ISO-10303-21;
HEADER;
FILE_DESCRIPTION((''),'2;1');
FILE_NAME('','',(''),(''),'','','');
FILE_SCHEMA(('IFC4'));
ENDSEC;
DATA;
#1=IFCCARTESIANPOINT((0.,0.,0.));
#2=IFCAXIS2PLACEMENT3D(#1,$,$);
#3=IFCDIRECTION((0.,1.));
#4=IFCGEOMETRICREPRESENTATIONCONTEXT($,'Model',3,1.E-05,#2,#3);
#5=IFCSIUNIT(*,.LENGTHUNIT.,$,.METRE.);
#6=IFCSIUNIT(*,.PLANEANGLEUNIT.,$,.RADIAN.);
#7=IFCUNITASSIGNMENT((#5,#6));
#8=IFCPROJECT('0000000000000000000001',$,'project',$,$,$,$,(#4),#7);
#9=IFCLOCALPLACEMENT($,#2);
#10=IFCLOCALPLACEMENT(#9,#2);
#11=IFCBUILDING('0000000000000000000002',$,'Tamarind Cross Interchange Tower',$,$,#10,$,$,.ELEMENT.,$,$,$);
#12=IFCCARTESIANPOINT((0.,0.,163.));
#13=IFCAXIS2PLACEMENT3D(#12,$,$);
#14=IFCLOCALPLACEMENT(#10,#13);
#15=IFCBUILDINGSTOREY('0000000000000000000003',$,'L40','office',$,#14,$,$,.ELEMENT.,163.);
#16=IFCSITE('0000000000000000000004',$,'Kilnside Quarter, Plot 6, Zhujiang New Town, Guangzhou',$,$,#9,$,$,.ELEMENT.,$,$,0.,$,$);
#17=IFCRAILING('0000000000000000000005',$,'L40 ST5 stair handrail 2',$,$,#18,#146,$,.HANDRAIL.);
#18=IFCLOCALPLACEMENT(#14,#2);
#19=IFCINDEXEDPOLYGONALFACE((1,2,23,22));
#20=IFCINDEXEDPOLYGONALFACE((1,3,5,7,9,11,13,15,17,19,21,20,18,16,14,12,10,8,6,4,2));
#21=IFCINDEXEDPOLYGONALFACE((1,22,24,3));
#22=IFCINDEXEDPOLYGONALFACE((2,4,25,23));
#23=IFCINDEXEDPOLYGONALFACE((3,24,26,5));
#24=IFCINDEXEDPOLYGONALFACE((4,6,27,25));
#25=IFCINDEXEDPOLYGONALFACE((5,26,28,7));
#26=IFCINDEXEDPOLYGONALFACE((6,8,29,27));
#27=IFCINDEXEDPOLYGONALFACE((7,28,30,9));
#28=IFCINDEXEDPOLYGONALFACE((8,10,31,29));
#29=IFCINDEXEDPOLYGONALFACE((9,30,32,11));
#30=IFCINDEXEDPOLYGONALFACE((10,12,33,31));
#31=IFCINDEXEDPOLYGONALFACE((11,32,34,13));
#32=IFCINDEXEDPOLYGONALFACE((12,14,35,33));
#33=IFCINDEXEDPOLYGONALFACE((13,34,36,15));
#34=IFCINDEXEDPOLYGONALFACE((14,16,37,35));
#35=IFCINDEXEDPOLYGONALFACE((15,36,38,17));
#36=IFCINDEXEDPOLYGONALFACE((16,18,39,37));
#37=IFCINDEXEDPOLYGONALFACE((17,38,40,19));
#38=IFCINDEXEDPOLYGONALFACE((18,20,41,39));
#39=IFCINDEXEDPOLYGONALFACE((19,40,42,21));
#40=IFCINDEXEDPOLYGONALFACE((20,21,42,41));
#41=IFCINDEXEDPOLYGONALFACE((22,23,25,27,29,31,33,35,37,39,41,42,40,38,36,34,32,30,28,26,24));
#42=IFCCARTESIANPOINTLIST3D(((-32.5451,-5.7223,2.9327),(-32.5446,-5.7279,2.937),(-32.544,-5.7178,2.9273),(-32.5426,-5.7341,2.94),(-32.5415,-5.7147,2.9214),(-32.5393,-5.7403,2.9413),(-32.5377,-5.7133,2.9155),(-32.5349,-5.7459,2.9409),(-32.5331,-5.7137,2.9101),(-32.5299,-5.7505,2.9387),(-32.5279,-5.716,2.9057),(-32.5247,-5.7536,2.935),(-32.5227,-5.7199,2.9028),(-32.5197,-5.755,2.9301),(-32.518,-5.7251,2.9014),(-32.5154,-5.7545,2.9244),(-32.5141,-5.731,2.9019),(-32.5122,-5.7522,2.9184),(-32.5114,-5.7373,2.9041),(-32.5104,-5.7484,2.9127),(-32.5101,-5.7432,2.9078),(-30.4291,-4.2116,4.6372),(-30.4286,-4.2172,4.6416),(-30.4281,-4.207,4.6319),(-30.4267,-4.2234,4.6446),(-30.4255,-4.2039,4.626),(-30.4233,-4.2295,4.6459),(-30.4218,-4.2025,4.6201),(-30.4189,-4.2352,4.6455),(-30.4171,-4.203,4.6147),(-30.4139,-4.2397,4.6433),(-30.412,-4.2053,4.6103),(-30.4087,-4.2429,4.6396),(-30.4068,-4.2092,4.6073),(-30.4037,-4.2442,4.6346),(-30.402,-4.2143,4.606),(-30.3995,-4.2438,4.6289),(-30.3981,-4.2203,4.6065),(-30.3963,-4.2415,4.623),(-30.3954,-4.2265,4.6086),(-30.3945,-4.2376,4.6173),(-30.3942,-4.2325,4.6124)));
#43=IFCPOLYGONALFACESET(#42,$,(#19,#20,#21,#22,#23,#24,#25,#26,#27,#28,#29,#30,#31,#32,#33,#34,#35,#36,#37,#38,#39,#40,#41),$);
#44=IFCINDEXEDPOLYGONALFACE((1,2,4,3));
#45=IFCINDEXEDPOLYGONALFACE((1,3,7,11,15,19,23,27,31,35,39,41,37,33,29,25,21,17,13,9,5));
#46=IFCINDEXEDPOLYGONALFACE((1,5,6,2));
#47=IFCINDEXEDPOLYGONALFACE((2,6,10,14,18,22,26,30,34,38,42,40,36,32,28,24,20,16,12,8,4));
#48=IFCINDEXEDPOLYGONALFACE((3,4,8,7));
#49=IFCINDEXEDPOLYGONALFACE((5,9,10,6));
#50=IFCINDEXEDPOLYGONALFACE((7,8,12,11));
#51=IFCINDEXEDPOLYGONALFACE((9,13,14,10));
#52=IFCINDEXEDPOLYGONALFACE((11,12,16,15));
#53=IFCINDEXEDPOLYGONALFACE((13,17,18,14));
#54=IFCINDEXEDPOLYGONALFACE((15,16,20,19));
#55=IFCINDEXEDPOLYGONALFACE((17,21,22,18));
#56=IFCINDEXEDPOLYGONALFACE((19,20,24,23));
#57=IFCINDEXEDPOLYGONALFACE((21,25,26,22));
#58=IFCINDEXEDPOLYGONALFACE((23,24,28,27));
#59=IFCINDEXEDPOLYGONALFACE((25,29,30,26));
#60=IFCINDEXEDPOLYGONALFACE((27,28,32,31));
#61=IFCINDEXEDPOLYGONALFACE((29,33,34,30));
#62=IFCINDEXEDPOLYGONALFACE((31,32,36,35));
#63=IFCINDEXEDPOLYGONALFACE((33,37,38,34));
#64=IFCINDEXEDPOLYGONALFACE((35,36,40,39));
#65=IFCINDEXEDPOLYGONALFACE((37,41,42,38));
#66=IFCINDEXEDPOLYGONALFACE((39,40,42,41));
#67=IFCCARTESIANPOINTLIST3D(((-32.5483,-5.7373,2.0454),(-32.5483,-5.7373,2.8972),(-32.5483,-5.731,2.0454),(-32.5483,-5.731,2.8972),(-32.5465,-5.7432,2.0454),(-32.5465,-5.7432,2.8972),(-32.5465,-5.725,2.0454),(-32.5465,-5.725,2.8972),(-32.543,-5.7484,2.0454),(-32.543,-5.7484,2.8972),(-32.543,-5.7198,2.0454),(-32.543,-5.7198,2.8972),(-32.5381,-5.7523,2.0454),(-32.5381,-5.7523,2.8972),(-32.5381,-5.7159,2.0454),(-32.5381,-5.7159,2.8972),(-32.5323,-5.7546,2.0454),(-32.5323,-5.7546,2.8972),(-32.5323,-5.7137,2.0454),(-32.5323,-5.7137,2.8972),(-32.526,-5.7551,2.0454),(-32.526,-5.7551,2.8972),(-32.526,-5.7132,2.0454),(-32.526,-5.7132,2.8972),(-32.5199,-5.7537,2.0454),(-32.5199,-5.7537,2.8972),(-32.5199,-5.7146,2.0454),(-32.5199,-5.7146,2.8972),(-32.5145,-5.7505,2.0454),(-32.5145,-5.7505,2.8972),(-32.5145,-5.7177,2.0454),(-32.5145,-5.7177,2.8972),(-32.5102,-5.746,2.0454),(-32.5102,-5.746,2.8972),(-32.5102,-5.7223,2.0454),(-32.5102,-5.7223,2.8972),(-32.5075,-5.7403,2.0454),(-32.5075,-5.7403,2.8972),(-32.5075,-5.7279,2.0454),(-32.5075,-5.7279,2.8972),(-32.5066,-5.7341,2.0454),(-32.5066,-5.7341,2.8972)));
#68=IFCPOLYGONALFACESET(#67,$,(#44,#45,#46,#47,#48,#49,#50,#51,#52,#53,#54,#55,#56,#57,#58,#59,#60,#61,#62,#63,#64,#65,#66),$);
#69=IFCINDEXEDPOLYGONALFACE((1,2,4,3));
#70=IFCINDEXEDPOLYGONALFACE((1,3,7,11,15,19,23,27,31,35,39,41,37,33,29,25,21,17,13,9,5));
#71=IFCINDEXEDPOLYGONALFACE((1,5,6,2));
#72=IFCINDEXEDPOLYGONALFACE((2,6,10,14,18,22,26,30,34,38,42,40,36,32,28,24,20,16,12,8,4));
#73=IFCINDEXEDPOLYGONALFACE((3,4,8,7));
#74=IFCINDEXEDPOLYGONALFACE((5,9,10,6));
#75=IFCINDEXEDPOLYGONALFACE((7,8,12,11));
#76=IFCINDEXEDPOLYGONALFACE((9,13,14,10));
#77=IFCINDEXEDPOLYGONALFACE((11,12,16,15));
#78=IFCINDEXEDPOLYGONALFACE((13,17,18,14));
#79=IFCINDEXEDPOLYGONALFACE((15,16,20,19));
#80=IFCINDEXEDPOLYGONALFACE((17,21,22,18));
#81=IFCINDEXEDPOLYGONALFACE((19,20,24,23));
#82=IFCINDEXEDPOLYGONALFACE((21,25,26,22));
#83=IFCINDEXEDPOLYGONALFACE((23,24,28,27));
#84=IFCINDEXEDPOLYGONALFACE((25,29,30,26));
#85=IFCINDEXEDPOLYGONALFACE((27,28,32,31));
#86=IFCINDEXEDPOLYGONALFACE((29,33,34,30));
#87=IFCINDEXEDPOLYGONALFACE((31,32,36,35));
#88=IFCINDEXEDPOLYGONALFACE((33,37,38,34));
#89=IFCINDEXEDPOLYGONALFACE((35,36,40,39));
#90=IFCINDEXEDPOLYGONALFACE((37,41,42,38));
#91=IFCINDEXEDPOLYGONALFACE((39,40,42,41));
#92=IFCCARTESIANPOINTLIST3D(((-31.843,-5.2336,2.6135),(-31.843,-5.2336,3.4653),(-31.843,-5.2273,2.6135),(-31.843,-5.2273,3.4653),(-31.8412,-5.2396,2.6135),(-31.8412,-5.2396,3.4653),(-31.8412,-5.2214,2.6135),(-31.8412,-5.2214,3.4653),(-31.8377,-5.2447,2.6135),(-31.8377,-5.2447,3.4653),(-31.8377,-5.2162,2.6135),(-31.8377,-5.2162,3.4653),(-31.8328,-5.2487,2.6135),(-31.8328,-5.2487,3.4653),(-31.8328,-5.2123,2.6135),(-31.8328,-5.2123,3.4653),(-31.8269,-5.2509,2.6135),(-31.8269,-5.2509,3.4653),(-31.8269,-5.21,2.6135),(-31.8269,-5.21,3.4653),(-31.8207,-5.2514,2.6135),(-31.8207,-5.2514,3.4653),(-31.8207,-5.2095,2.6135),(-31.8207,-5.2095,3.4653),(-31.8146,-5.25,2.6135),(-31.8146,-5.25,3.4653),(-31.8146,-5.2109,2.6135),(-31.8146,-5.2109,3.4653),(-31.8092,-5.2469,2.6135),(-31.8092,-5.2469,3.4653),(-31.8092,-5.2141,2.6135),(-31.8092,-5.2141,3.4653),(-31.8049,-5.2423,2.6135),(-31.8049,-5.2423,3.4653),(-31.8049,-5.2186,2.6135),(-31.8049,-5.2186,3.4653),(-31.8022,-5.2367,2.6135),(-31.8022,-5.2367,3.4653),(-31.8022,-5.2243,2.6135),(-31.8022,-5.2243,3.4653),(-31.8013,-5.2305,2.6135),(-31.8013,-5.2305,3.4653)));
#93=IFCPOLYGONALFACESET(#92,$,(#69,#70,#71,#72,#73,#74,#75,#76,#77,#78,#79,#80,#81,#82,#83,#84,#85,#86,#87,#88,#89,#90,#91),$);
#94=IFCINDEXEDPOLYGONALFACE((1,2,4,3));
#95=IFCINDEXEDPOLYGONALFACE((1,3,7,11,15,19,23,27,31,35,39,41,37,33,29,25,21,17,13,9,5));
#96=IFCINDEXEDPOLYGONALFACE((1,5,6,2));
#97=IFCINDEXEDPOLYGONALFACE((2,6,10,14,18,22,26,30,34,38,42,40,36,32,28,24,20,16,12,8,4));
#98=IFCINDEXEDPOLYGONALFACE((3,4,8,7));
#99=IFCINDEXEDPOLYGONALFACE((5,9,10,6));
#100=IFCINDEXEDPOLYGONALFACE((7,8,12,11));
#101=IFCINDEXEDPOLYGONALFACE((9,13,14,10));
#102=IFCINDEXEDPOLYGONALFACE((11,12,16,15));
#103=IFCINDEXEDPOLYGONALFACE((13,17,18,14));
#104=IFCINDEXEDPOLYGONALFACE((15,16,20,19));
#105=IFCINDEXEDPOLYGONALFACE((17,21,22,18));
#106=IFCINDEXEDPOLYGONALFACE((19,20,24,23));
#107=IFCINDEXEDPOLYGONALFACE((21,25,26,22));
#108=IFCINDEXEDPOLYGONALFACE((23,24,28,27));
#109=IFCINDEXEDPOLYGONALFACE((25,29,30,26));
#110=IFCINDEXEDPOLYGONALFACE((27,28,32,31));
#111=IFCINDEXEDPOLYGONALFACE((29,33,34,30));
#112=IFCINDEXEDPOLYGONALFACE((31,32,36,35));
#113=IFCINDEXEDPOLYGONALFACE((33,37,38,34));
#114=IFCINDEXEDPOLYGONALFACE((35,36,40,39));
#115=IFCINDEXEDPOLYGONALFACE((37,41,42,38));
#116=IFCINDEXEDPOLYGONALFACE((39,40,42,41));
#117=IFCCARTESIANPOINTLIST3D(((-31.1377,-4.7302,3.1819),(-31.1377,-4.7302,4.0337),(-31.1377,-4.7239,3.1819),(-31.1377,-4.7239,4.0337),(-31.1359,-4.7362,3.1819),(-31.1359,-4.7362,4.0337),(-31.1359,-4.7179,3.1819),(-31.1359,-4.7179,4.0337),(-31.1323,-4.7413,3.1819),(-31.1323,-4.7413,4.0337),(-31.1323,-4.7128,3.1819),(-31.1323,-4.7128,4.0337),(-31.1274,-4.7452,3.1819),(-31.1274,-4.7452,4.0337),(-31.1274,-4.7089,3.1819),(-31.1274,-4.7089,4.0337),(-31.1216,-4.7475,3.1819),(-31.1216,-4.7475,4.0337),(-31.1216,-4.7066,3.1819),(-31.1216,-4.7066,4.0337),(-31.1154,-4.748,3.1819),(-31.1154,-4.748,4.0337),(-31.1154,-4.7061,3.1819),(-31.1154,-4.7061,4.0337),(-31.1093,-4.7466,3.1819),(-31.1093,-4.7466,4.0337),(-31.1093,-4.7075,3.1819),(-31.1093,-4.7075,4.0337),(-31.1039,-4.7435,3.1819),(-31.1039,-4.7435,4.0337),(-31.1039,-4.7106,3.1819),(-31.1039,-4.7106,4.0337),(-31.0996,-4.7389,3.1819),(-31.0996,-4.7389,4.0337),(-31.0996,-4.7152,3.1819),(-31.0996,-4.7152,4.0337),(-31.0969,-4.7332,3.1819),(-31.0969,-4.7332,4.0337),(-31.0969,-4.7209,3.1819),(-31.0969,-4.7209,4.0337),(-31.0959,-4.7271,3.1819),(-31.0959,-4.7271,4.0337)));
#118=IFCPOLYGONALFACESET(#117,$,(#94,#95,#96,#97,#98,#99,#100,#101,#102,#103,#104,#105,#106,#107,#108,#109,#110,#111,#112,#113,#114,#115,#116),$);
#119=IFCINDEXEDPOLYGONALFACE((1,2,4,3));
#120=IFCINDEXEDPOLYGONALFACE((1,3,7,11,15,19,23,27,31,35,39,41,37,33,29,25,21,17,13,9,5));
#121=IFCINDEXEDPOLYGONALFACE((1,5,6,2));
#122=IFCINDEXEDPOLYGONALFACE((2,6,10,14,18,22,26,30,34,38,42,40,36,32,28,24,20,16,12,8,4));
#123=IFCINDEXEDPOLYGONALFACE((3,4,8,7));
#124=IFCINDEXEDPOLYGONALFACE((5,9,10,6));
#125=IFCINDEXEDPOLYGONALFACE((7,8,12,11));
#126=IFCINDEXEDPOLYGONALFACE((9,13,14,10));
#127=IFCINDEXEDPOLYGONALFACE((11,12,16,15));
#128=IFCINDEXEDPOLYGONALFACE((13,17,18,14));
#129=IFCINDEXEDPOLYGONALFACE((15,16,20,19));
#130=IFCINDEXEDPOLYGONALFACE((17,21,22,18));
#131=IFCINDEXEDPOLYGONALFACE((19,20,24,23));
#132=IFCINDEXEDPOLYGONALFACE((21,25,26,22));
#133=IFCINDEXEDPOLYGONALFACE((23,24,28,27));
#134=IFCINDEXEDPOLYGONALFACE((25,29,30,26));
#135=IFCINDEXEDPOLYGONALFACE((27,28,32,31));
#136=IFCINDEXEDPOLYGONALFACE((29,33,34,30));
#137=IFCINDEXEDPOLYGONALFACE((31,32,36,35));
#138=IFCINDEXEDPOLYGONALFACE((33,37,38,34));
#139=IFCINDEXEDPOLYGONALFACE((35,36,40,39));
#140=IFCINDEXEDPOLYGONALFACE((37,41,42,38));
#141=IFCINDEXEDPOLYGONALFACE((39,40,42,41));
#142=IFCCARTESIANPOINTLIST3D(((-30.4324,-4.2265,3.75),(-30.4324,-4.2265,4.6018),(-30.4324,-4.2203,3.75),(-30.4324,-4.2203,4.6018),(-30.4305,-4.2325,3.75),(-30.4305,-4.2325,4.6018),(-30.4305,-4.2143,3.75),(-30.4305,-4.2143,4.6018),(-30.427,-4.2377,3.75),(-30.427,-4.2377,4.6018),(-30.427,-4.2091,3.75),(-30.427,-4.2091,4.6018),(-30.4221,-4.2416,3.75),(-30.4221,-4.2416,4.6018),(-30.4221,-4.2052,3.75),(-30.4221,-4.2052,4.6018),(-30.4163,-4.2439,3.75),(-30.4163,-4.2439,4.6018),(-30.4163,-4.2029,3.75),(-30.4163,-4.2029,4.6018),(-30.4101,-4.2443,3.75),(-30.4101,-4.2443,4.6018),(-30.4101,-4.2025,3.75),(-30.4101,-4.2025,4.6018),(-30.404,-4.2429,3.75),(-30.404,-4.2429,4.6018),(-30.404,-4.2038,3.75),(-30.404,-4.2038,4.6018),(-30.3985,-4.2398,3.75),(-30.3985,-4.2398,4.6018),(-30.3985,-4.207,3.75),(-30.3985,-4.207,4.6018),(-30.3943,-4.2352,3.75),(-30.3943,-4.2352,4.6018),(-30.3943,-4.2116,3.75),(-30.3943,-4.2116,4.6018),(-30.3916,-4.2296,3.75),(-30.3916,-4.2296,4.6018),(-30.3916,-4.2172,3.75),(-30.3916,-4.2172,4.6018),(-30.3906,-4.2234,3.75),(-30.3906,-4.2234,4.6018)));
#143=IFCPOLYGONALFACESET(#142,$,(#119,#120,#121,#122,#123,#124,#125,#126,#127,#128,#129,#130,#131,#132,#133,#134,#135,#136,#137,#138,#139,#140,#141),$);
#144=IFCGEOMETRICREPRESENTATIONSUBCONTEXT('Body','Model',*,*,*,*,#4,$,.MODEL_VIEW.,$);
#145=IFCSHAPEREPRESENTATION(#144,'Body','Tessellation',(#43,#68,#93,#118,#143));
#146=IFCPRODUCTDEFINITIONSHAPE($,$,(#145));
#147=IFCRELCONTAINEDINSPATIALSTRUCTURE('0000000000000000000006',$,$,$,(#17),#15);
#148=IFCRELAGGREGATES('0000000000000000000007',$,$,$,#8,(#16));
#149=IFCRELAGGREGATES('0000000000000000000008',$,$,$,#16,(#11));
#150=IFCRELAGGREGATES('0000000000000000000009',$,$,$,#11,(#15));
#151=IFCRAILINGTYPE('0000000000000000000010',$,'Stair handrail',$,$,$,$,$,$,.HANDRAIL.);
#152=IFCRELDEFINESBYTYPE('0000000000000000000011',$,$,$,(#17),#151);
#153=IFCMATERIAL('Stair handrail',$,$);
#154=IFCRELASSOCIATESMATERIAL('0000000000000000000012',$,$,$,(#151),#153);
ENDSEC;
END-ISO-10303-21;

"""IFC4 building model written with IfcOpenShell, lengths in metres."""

from ifc_helpers import new_model, si_unit, direction, frame, origin, origin_2d, place, context, subcontext, project, spatial, circle, extrude, material, type_object, element, save


model = new_model("IFC4")

# Units and contexts
model_context = context("Model", 3, precision=1e-05, world=origin(), true_north=direction((0.0, 1.0)))
body_context = subcontext(model_context, "Body", "Model", "MODEL_VIEW")
ifc_project = project(units=[si_unit("LENGTHUNIT", "METRE"), si_unit("PLANEANGLEUNIT", "RADIAN")], contexts=[model_context])

# Site, building, storey
site_placement = place(None, origin())
site = spatial("IfcSite", under=ifc_project, at=site_placement, Name="Kilnside Quarter, Plot 6, Zhujiang New Town, Guangzhou", CompositionType="ELEMENT", RefElevation=0.0)
building_placement = place(site_placement, origin())
building = spatial("IfcBuilding", under=site, at=building_placement, Name="Tamarind Cross Interchange Tower", CompositionType="ELEMENT")
storey_placement = place(building_placement, frame((0.0, 0.0, 163.0)))
storey = spatial("IfcBuildingStorey", under=building, at=storey_placement, Name="L40", Description="office", CompositionType="ELEMENT", Elevation=163.0)

# Railing
ifc_material_1 = material(Name="Stair handrail")
railing_type_1 = type_object("IfcRailingType", Name="Stair handrail", PredefinedType="HANDRAIL", material=ifc_material_1)
railing_1_placement = place(storey_placement, frame((-32.5276, -5.7341, 2.0454)))
element("IfcRailing", 1, at=railing_1_placement, inside=storey, type_object=railing_type_1, Name="L40 ST5 stair handrail 2", PredefinedType="HANDRAIL", context=body_context, shape_type="SweptSolid", body=[
    extrude(circle(Radius=0.0239, at=origin_2d()), frame((0.0, 0.0, 0.876), z_axis=(0.680615, 0.48594, 0.548293), x_axis=(-0.581069, 0.813854, 0.0)), (0.0, 0.0, 1.0), 3.1089),
    extrude(circle(Radius=0.021, at=origin_2d()), origin(), (0.0, 0.0, 1.0), 0.8518),
    extrude(circle(Radius=0.021, at=origin_2d()), frame((0.7053, 0.5037, 0.5681)), (0.0, 0.0, 1.0), 0.8518),
    extrude(circle(Radius=0.021, at=origin_2d()), frame((1.4106, 1.0071, 1.1365)), (0.0, 0.0, 1.0), 0.8518),
    extrude(circle(Radius=0.021, at=origin_2d()), frame((2.116, 1.5107, 1.7046)), (0.0, 0.0, 1.0), 0.8518),
])

save(model, "model.ifc")
